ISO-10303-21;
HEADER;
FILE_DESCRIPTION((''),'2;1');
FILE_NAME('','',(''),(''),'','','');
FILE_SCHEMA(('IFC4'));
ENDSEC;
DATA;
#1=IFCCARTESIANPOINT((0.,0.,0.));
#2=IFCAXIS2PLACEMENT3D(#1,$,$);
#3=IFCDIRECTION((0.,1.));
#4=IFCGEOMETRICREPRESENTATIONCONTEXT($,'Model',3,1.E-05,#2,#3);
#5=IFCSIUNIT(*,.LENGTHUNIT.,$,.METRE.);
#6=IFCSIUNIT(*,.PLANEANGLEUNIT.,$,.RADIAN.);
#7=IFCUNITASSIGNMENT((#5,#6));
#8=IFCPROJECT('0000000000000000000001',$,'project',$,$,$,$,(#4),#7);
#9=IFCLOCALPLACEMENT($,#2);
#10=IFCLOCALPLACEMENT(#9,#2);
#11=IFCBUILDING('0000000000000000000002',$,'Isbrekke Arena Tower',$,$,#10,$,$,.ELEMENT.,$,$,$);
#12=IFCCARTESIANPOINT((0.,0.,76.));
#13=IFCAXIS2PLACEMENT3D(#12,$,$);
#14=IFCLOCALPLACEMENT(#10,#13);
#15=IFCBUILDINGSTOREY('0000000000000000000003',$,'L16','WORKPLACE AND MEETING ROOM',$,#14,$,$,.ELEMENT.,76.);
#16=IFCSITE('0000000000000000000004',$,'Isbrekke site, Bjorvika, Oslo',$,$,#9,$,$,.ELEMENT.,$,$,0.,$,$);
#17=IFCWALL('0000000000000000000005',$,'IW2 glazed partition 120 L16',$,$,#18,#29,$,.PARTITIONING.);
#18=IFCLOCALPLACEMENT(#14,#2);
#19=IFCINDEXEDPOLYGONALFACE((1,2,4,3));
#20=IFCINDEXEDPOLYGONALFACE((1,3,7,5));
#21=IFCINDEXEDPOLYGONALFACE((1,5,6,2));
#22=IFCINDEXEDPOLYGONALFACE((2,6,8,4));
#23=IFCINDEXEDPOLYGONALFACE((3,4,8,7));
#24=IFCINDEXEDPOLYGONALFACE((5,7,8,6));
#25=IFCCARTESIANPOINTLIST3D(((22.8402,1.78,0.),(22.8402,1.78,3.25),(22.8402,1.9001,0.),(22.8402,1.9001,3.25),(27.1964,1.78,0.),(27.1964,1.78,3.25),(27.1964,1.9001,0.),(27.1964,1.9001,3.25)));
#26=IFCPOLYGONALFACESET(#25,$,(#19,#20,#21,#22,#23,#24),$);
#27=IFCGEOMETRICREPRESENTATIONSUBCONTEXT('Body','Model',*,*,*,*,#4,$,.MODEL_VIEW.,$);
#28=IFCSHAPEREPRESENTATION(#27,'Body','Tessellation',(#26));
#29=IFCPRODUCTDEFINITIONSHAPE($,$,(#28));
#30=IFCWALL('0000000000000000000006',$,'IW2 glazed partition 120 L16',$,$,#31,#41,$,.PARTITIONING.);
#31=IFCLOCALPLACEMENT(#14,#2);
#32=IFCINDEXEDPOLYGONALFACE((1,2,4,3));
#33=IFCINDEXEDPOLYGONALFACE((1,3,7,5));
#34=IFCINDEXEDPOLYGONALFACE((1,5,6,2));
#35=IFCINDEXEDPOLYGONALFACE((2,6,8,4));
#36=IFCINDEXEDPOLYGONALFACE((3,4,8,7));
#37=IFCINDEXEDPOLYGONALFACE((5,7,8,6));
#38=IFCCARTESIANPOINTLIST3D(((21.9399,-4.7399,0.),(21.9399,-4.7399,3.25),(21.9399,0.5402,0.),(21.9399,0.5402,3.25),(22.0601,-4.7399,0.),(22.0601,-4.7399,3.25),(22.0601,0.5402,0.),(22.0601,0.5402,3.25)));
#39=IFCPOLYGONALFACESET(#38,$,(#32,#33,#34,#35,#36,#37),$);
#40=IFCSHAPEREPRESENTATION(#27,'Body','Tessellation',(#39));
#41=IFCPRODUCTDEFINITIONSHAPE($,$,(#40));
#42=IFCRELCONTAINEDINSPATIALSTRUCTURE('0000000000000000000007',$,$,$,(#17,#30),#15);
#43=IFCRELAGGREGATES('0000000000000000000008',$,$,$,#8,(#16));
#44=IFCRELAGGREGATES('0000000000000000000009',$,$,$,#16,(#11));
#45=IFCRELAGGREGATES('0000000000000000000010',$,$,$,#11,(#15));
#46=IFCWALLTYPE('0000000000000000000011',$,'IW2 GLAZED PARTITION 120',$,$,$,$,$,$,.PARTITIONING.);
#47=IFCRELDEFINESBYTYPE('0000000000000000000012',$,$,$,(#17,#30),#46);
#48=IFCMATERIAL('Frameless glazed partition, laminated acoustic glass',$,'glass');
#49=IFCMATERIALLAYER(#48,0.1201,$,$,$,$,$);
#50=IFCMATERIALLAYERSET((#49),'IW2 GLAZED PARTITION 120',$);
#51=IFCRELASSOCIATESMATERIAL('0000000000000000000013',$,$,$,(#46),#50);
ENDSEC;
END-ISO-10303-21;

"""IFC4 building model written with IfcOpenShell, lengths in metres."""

from ifc_helpers import new_model, si_unit, direction, frame, frame_2d, origin, place, context, subcontext, project, spatial, rectangle, extrude, material, layer, layer_set, type_object, element, save


model = new_model("IFC4")

# Units and contexts
model_context = context("Model", 3, precision=1e-05, world=origin(), true_north=direction((0.0, 1.0)))
body_context = subcontext(model_context, "Body", "Model", "MODEL_VIEW")
ifc_project = project(units=[si_unit("LENGTHUNIT", "METRE"), si_unit("PLANEANGLEUNIT", "RADIAN")], contexts=[model_context])

# Site, building, storey
site_placement = place(None, origin())
site = spatial("IfcSite", under=ifc_project, at=site_placement, Name="Isbrekke site, Bjorvika, Oslo", CompositionType="ELEMENT", RefElevation=0.0)
building_placement = place(site_placement, origin())
building = spatial("IfcBuilding", under=site, at=building_placement, Name="Isbrekke Arena Tower", CompositionType="ELEMENT")
storey_placement = place(building_placement, frame((0.0, 0.0, 76.0)))
storey = spatial("IfcBuildingStorey", under=building, at=storey_placement, Name="L16", Description="WORKPLACE AND MEETING ROOM", CompositionType="ELEMENT", Elevation=76.0)

# Walls
ifc_material_1 = material(Name="Frameless glazed partition, laminated acoustic glass", Category="glass")
ifc_layer_1 = layer(ifc_material_1, 0.1201)
ifc_layer_set_1 = layer_set([ifc_layer_1], Name="IW2 GLAZED PARTITION 120")
wall_type = type_object("IfcWallType", Name="IW2 GLAZED PARTITION 120", PredefinedType="PARTITIONING", material=ifc_layer_set_1)
wall_1_placement = place(storey_placement, frame((22.8401, 1.8401, 0.0), z_axis=(0.0, 0.0, 1.0), x_axis=(1.0, 0.0, 0.0)))
element("IfcWall", 1, at=wall_1_placement, inside=storey, type_object=wall_type, Name="IW2 glazed partition 120 L16", PredefinedType="PARTITIONING", context=body_context, shape_type="SweptSolid", body=[
    extrude(rectangle(XDim=4.3562, YDim=0.1201, at=frame_2d((2.1782, 0.0))), origin(), (0.0, 0.0, 1.0), 3.25),
])
wall_2_placement = place(storey_placement, frame((22.0, -4.74, 0.0), z_axis=(0.0, 0.0, 1.0), x_axis=(0.0, 1.0, 0.0)))
element("IfcWall", 2, at=wall_2_placement, inside=storey, type_object=wall_type, Name="IW2 glazed partition 120 L16", PredefinedType="PARTITIONING", context=body_context, shape_type="SweptSolid", body=[
    extrude(rectangle(XDim=5.28, YDim=0.1201, at=frame_2d((2.6401, 0.0))), origin(), (0.0, 0.0, 1.0), 3.25),
])

save(model, "model.ifc")
